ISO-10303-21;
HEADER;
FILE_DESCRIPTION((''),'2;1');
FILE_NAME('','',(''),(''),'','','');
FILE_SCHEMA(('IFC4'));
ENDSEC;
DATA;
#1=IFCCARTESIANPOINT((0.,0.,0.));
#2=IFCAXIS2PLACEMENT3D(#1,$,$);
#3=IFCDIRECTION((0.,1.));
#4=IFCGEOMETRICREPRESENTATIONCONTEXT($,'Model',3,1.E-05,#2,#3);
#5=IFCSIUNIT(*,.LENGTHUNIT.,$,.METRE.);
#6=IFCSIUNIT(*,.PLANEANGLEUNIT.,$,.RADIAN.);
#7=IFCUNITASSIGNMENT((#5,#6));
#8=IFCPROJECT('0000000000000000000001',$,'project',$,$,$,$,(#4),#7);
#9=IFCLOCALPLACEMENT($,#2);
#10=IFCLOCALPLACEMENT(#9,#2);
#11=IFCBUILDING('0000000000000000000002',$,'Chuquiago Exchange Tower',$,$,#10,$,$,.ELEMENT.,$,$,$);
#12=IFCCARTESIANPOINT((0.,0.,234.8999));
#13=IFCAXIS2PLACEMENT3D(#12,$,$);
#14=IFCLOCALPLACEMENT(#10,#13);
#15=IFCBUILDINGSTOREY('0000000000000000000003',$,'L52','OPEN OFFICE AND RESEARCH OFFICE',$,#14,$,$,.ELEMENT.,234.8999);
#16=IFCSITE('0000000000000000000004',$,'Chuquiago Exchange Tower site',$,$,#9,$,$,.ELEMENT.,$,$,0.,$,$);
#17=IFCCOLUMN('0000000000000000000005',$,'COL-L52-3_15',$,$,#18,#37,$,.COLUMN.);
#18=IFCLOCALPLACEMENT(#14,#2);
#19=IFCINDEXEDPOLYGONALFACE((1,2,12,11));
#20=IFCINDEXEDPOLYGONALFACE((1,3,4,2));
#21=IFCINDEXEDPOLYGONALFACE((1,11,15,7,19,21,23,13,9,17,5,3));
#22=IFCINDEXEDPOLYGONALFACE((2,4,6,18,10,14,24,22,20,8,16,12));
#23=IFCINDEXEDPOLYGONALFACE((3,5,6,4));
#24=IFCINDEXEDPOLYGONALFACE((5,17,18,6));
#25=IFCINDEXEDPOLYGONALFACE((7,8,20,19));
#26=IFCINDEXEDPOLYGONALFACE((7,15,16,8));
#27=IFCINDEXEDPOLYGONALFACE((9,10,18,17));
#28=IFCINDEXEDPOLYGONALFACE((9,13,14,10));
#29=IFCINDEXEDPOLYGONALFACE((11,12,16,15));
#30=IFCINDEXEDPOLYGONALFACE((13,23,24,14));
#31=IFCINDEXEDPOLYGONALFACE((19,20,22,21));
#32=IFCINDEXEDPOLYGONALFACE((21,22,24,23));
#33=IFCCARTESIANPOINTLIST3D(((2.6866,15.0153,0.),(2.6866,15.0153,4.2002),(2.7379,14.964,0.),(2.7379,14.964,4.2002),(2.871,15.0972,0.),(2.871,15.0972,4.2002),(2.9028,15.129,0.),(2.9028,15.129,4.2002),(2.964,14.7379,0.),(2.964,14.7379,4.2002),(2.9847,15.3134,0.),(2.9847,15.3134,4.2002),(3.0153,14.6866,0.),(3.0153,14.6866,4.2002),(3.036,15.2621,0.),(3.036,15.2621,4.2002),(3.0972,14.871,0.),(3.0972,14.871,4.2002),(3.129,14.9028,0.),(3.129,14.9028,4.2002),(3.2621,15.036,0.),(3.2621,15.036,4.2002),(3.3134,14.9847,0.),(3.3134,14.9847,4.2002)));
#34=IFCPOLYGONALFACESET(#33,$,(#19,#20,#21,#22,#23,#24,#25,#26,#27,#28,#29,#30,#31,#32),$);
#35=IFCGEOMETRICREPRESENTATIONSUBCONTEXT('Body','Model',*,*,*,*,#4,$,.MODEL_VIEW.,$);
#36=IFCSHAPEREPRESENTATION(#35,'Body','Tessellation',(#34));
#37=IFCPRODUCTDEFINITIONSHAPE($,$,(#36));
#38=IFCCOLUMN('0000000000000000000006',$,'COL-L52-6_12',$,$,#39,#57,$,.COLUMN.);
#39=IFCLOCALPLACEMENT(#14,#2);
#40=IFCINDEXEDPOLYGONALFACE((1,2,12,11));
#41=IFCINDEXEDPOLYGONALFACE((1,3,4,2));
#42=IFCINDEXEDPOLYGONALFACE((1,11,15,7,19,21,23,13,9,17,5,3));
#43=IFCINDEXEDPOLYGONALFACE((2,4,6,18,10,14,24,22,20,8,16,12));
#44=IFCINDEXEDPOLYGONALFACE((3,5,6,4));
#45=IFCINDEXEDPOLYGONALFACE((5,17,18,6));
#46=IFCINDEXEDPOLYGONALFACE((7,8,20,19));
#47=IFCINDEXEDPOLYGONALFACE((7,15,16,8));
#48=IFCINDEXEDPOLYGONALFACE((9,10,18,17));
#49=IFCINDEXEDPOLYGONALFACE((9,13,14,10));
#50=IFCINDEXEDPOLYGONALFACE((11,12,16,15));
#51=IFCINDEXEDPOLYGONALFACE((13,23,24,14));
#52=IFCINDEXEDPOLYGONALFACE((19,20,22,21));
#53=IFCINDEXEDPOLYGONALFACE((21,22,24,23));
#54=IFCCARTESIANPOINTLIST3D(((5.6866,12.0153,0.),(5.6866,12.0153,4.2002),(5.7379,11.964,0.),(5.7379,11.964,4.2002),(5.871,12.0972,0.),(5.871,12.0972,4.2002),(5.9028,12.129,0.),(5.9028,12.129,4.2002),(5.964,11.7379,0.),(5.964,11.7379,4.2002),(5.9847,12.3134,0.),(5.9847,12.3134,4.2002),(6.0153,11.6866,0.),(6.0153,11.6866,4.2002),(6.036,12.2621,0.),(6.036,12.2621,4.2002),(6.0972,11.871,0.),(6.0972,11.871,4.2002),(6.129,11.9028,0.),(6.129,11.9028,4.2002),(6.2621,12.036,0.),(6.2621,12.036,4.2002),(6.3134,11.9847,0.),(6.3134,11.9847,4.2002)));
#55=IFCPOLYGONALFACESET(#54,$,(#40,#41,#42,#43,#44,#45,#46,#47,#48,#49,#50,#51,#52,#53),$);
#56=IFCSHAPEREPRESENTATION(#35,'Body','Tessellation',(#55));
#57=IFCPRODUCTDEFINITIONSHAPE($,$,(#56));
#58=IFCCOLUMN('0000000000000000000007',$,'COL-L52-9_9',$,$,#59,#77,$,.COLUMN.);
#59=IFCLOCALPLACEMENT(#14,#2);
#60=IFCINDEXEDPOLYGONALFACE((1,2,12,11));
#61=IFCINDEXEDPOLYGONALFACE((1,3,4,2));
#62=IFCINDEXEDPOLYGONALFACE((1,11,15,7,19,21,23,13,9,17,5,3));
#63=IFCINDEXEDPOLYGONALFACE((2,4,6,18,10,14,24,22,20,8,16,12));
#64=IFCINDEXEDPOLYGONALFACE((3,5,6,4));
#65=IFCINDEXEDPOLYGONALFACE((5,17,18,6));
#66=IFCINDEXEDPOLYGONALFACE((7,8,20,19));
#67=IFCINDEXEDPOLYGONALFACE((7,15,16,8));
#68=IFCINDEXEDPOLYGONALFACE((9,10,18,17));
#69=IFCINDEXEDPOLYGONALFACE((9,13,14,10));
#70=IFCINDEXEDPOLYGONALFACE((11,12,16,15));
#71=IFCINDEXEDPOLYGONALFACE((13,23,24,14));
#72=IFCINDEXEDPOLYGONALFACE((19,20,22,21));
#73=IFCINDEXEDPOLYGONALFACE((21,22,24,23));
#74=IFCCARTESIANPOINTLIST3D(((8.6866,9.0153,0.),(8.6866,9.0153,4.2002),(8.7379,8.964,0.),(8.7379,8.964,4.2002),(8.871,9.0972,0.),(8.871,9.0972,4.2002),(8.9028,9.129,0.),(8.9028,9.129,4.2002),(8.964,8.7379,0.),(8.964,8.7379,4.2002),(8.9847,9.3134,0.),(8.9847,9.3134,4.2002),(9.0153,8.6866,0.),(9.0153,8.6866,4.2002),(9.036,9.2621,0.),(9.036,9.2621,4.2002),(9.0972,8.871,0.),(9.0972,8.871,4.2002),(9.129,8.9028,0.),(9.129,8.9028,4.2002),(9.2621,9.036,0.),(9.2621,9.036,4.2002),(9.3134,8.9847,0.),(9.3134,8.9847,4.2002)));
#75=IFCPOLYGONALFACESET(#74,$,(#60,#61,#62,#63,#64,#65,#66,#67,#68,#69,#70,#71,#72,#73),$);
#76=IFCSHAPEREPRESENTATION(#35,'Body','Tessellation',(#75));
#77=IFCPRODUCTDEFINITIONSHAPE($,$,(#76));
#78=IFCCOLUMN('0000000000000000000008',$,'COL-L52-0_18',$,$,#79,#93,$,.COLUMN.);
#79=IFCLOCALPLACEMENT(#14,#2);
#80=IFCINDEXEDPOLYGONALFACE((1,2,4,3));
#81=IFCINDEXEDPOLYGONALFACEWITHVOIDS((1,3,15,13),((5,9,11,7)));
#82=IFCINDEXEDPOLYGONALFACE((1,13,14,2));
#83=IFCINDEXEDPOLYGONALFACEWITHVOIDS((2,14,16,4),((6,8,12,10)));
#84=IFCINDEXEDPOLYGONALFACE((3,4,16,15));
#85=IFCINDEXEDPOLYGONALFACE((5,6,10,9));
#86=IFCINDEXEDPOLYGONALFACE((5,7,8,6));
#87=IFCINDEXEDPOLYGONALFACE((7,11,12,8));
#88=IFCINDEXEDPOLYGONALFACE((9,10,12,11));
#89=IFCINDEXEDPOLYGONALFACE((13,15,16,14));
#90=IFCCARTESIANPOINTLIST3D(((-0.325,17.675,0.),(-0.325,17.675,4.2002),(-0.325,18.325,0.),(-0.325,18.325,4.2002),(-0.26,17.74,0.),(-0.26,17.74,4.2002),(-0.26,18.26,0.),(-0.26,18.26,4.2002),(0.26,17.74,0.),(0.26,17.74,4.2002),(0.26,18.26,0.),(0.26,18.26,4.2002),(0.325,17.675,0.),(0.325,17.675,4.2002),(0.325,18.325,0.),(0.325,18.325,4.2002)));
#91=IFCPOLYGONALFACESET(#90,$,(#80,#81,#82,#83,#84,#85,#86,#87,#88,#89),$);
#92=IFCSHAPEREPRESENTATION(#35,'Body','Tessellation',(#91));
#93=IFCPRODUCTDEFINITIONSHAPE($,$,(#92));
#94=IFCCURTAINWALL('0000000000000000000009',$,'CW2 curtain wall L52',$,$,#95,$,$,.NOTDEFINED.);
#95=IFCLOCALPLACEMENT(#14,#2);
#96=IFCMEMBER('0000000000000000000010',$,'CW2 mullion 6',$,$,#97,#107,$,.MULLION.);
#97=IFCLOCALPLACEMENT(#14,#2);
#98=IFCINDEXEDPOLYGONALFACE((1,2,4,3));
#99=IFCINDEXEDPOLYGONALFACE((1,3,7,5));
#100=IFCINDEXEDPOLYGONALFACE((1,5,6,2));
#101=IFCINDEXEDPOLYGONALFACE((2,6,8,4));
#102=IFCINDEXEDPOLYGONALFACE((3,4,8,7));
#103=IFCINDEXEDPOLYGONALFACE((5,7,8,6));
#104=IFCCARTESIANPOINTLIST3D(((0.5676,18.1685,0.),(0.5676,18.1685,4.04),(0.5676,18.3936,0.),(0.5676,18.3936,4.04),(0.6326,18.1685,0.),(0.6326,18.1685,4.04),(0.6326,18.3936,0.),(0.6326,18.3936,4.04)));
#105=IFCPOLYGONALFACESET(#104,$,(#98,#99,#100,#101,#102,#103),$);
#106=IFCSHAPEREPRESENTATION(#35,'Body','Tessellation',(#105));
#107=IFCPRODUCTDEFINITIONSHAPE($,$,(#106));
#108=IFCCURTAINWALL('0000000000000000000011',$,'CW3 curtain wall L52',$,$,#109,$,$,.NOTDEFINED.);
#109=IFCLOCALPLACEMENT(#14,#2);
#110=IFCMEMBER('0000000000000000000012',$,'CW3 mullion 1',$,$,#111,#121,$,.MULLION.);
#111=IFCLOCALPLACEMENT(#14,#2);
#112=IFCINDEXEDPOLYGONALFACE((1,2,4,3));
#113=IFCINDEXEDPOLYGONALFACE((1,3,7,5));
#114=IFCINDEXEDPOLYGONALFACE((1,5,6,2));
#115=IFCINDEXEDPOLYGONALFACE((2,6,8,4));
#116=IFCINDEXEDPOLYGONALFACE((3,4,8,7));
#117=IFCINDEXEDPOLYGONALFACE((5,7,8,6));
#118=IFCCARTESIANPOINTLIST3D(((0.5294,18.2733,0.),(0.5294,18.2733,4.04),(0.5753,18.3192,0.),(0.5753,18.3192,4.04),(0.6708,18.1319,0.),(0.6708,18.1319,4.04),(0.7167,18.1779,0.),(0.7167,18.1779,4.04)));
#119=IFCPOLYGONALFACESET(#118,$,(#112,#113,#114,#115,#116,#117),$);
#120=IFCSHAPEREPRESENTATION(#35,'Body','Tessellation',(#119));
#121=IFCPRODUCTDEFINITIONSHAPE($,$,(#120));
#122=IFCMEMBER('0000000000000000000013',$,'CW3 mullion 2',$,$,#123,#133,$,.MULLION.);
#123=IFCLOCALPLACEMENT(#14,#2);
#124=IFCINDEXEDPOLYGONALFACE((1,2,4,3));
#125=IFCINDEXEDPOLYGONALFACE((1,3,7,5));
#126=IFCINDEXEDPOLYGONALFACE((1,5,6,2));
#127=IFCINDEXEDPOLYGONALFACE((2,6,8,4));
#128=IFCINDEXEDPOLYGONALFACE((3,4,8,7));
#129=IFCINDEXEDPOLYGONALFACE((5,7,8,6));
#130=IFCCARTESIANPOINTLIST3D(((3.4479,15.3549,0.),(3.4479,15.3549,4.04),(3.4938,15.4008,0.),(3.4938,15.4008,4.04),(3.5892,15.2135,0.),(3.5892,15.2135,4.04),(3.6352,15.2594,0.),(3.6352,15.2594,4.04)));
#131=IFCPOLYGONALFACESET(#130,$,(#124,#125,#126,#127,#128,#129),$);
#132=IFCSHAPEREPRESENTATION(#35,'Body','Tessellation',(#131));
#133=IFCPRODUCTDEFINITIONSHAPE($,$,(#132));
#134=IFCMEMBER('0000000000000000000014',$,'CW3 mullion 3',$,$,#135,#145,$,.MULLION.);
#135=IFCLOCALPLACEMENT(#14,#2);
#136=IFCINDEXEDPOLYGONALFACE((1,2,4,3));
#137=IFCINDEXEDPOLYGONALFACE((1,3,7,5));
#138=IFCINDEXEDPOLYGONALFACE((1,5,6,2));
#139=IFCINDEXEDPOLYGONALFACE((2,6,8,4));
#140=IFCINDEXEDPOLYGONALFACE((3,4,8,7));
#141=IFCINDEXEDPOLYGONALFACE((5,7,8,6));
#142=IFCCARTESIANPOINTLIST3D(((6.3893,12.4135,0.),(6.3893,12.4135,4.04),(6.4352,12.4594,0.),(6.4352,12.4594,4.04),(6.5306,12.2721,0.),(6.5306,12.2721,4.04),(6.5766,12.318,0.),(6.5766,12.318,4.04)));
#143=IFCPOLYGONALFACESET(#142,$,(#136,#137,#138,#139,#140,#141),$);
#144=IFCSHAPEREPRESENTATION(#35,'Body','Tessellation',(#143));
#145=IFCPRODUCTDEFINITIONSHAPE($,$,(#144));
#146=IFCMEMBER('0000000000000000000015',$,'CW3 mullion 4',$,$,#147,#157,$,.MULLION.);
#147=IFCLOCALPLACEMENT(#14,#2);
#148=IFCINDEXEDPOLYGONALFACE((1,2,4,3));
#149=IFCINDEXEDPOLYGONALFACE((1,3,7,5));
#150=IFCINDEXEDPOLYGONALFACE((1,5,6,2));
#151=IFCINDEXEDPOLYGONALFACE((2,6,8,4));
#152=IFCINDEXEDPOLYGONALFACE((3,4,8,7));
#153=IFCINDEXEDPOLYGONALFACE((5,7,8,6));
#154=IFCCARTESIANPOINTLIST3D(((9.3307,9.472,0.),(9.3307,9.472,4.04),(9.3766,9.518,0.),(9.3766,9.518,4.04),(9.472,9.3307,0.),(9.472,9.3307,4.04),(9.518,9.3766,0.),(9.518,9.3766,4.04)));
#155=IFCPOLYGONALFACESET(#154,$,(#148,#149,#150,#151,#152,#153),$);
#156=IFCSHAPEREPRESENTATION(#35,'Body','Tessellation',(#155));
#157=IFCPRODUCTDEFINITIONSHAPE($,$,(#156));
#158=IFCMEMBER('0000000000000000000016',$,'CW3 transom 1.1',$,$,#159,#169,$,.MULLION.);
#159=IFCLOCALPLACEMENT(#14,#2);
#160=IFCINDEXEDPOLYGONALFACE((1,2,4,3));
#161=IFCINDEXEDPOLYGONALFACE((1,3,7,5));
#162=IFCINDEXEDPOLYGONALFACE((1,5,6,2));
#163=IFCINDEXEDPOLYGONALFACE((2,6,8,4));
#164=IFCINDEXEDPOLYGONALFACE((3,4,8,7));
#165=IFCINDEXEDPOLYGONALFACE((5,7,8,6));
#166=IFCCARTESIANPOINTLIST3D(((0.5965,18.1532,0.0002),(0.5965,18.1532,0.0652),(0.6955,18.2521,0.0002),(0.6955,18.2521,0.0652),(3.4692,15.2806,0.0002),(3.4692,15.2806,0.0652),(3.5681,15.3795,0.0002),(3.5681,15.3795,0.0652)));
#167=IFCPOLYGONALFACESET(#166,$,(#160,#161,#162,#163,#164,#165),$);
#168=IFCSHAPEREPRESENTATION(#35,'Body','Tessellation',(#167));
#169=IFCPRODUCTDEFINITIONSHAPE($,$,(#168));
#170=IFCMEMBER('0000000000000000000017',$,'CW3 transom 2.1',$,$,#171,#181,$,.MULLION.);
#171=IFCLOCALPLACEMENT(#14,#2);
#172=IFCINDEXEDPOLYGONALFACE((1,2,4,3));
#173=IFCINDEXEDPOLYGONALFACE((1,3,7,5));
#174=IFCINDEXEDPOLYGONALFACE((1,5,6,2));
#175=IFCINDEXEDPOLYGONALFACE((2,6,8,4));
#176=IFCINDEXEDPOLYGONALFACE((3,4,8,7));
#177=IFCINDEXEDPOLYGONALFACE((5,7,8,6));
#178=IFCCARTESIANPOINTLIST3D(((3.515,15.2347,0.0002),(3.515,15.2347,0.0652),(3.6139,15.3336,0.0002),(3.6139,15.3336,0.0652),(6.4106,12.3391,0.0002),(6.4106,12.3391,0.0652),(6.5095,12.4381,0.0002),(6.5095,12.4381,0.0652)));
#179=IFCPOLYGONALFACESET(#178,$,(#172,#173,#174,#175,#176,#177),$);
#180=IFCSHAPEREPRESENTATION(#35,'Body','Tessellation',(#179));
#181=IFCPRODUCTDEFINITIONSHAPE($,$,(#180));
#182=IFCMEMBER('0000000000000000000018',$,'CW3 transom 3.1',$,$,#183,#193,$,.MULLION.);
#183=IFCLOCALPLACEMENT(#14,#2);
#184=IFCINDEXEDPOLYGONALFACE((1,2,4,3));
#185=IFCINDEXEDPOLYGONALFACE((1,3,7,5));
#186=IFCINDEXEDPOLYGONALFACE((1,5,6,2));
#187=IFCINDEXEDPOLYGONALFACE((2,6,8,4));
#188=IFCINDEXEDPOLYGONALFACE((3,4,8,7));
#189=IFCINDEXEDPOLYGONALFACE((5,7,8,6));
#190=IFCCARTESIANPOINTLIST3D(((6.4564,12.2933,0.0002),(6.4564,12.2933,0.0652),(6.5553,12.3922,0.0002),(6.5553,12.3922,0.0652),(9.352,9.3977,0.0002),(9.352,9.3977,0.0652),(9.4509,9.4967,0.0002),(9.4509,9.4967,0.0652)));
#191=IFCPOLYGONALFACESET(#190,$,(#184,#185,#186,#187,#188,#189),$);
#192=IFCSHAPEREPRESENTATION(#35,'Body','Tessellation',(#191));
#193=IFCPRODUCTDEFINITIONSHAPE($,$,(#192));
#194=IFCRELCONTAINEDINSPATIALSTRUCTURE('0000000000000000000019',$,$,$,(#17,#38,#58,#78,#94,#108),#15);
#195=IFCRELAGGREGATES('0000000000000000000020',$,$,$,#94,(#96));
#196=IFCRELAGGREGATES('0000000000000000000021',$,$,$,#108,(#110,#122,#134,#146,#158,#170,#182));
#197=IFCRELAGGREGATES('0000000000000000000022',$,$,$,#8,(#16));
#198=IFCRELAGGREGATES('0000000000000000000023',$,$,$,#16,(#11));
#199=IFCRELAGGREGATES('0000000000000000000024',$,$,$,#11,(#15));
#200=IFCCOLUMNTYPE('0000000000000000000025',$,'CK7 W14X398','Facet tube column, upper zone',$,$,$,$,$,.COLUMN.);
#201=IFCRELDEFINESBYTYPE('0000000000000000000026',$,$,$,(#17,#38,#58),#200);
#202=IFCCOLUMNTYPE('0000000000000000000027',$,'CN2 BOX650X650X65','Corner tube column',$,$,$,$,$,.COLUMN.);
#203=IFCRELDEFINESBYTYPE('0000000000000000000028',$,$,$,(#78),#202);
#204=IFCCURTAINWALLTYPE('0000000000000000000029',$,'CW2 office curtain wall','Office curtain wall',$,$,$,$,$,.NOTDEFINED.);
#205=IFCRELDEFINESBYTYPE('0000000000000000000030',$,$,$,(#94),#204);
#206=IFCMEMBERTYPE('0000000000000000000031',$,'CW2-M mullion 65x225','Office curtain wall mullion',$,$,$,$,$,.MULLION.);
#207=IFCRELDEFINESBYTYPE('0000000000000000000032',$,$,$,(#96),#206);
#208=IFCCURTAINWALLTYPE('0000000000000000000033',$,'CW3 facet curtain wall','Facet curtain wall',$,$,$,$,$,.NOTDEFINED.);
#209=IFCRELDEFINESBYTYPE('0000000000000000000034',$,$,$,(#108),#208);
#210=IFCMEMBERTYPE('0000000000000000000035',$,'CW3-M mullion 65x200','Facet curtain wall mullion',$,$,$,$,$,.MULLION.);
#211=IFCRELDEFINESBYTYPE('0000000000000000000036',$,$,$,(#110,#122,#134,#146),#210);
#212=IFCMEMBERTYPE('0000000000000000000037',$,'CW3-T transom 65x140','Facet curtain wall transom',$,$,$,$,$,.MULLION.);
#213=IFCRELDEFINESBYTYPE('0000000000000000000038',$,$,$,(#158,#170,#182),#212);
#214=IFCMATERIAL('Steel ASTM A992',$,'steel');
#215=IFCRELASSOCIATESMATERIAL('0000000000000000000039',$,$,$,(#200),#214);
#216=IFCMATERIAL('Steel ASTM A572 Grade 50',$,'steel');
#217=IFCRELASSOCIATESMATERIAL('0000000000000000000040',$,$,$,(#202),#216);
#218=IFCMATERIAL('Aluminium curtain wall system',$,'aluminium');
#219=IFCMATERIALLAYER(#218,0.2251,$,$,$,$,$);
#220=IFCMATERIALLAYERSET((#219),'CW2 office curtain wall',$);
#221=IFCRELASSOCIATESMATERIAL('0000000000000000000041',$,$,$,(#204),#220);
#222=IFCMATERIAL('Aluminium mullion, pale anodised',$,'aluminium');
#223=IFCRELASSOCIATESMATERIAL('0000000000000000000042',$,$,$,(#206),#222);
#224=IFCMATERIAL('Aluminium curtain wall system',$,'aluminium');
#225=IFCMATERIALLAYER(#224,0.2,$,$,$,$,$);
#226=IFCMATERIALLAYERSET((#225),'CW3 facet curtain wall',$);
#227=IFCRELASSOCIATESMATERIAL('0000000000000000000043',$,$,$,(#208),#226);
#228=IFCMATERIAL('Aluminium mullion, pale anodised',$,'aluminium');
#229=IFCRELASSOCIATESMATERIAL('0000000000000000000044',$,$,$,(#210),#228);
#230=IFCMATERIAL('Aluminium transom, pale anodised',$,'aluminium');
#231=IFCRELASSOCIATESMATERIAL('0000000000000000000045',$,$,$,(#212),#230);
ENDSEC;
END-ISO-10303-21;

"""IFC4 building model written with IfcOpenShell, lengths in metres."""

from ifc_helpers import new_model, si_unit, direction, frame, origin, origin_2d, place, context, subcontext, project, spatial, rectangle, hollow_rectangle, i_section, extrude, material, layer, layer_set, material_profile, profile_set, type_object, element, aggregate, save


model = new_model("IFC4")

# Units and contexts
model_context = context("Model", 3, precision=1e-05, world=origin(), true_north=direction((0.0, 1.0)))
body_context = subcontext(model_context, "Body", "Model", "MODEL_VIEW")
ifc_project = project(units=[si_unit("LENGTHUNIT", "METRE"), si_unit("PLANEANGLEUNIT", "RADIAN")], contexts=[model_context])

# Site, building, storey
site_placement = place(None, origin())
site = spatial("IfcSite", under=ifc_project, at=site_placement, Name="Chuquiago Exchange Tower site", CompositionType="ELEMENT", RefElevation=0.0)
building_placement = place(site_placement, origin())
building = spatial("IfcBuilding", under=site, at=building_placement, Name="Chuquiago Exchange Tower", CompositionType="ELEMENT")
storey_placement = place(building_placement, frame((0.0, 0.0, 234.8999)))
storey = spatial("IfcBuildingStorey", under=building, at=storey_placement, Name="L52", Description="OPEN OFFICE AND RESEARCH OFFICE", CompositionType="ELEMENT", Elevation=234.8999)

# Columns
ifc_material_1 = material(Name="Steel ASTM A992", Category="steel")
ifc_material_profile_1 = material_profile(ifc_material_1, i_section(OverallWidth=0.4216, OverallDepth=0.4648, WebThickness=0.0449, FlangeThickness=0.0725, at=origin_2d()), Name="W14X398")
ifc_profile_set_1 = profile_set([ifc_material_profile_1], Name="Steel ASTM A992")
column_type_1 = type_object("IfcColumnType", Name="CK7 W14X398", Description="Facet tube column, upper zone", PredefinedType="COLUMN", material=ifc_profile_set_1)
for number, where, z_axis, x_axis, name in (
    (1, (3.0, 15.0, 0.0), (0.0, 0.0, 1.0), (-0.707107, -0.707107, 0.0), "COL-L52-3_15"),
    (2, (6.0, 12.0, 0.0), (0.0, 0.0, 1.0), (-0.707107, -0.707107, 0.0), "COL-L52-6_12"),
    (3, (9.0, 9.0, 0.0), (0.0, 0.0, 1.0), (-0.707107, -0.707107, 0.0), "COL-L52-9_9"),
):
    element("IfcColumn", number, at=place(storey_placement, frame(where, z_axis=z_axis, x_axis=x_axis)), inside=storey, type_object=column_type_1, Name=name, PredefinedType="COLUMN", context=body_context, shape_type="SweptSolid", body=[
        extrude(i_section(OverallWidth=0.4216, OverallDepth=0.4648, WebThickness=0.0449, FlangeThickness=0.0725, at=origin_2d()), origin(), (0.0, 0.0, 1.0), 4.2002),
    ])
ifc_material_2 = material(Name="Steel ASTM A572 Grade 50", Category="steel")
ifc_material_profile_2 = material_profile(ifc_material_2, hollow_rectangle(XDim=0.6499, YDim=0.6499, WallThickness=0.0649, at=origin_2d()), Name="BOX650X650X65")
ifc_profile_set_2 = profile_set([ifc_material_profile_2], Name="Steel ASTM A572 Grade 50")
column_type_2 = type_object("IfcColumnType", Name="CN2 BOX650X650X65", Description="Corner tube column", PredefinedType="COLUMN", material=ifc_profile_set_2)
column_placement = place(storey_placement, frame((0.0, 18.0, 0.0), z_axis=(0.0, 0.0, 1.0), x_axis=(-1.0, 0.0, 0.0)))
element("IfcColumn", 4, at=column_placement, inside=storey, type_object=column_type_2, Name="COL-L52-0_18", PredefinedType="COLUMN", context=body_context, shape_type="SweptSolid", body=[
    extrude(hollow_rectangle(XDim=0.6499, YDim=0.6499, WallThickness=0.0649, at=origin_2d()), origin(), (0.0, 0.0, 1.0), 4.2002),
])

# Curtain wall, member
ifc_material_3 = material(Name="Aluminium curtain wall system", Category="aluminium")
ifc_layer_1 = layer(ifc_material_3, 0.2251)
ifc_layer_set_1 = layer_set([ifc_layer_1], Name="CW2 office curtain wall")
curtain_wall_type_1 = type_object("IfcCurtainWallType", Name="CW2 office curtain wall", Description="Office curtain wall", PredefinedType="NOTDEFINED", material=ifc_layer_set_1)
curtain_wall_1_placement = place(storey_placement, origin())
curtain_wall_1 = element("IfcCurtainWall", 5, at=curtain_wall_1_placement, inside=storey, type_object=curtain_wall_type_1, Name="CW2 curtain wall L52", PredefinedType="NOTDEFINED")
ifc_material_4 = material(Name="Aluminium mullion, pale anodised", Category="aluminium")
ifc_material_profile_3 = material_profile(ifc_material_4, rectangle(XDim=0.0649, YDim=0.2251, at=origin_2d()), Name="AL 65x225")
ifc_profile_set_3 = profile_set([ifc_material_profile_3], Name="Aluminium mullion, pale anodised")
member_type_1 = type_object("IfcMemberType", Name="CW2-M mullion 65x225", Description="Office curtain wall mullion", PredefinedType="MULLION", material=ifc_profile_set_3)
member_1_placement = place(storey_placement, frame((0.6001, 18.281, 0.0), z_axis=(0.0, 0.0, 1.0), x_axis=(1.0, 0.0, 0.0)))
member_1 = element("IfcMember", 6, at=member_1_placement, type_object=member_type_1, Name="CW2 mullion 6", PredefinedType="MULLION", context=body_context, shape_type="SweptSolid", body=[
    extrude(rectangle(XDim=0.0649, YDim=0.2251, at=origin_2d()), origin(), (0.0, 0.0, 1.0), 4.04),
])
aggregate(curtain_wall_1, [member_1])

# Curtain wall, members
ifc_material_5 = material(Name="Aluminium curtain wall system", Category="aluminium")
ifc_layer_2 = layer(ifc_material_5, 0.2)
ifc_layer_set_2 = layer_set([ifc_layer_2], Name="CW3 facet curtain wall")
curtain_wall_type_2 = type_object("IfcCurtainWallType", Name="CW3 facet curtain wall", Description="Facet curtain wall", PredefinedType="NOTDEFINED", material=ifc_layer_set_2)
curtain_wall_2_placement = place(storey_placement, origin())
curtain_wall_2 = element("IfcCurtainWall", 7, at=curtain_wall_2_placement, inside=storey, type_object=curtain_wall_type_2, Name="CW3 curtain wall L52", PredefinedType="NOTDEFINED")
ifc_material_6 = material(Name="Aluminium mullion, pale anodised", Category="aluminium")
ifc_material_profile_4 = material_profile(ifc_material_6, rectangle(XDim=0.0649, YDim=0.2, at=origin_2d()), Name="AL 65x200")
ifc_profile_set_4 = profile_set([ifc_material_profile_4], Name="Aluminium mullion, pale anodised")
member_type_2 = type_object("IfcMemberType", Name="CW3-M mullion 65x200", Description="Facet curtain wall mullion", PredefinedType="MULLION", material=ifc_profile_set_4)
member_2_placement = place(storey_placement, frame((0.623, 18.2256, 0.0), z_axis=(0.0, 0.0, 1.0), x_axis=(0.707107, 0.707107, 0.0)))
member_2 = element("IfcMember", 8, at=member_2_placement, type_object=member_type_2, Name="CW3 mullion 1", PredefinedType="MULLION", context=body_context, shape_type="SweptSolid", body=[
    extrude(rectangle(XDim=0.0649, YDim=0.2, at=origin_2d()), origin(), (0.0, 0.0, 1.0), 4.04),
])
member_3_placement = place(storey_placement, frame((3.5415, 15.3071, 0.0), z_axis=(0.0, 0.0, 1.0), x_axis=(0.707107, 0.707107, 0.0)))
member_3 = element("IfcMember", 9, at=member_3_placement, type_object=member_type_2, Name="CW3 mullion 2", PredefinedType="MULLION", context=body_context, shape_type="SweptSolid", body=[
    extrude(rectangle(XDim=0.0649, YDim=0.2, at=origin_2d()), origin(), (0.0, 0.0, 1.0), 4.04),
])
member_4_placement = place(storey_placement, frame((6.4829, 12.3657, 0.0), z_axis=(0.0, 0.0, 1.0), x_axis=(0.707107, 0.707107, 0.0)))
member_4 = element("IfcMember", 10, at=member_4_placement, type_object=member_type_2, Name="CW3 mullion 3", PredefinedType="MULLION", context=body_context, shape_type="SweptSolid", body=[
    extrude(rectangle(XDim=0.0649, YDim=0.2, at=origin_2d()), origin(), (0.0, 0.0, 1.0), 4.04),
])
member_5_placement = place(storey_placement, frame((9.4243, 9.4243, 0.0), z_axis=(0.0, 0.0, 1.0), x_axis=(0.707107, 0.707107, 0.0)))
member_5 = element("IfcMember", 11, at=member_5_placement, type_object=member_type_2, Name="CW3 mullion 4", PredefinedType="MULLION", context=body_context, shape_type="SweptSolid", body=[
    extrude(rectangle(XDim=0.0649, YDim=0.2, at=origin_2d()), origin(), (0.0, 0.0, 1.0), 4.04),
])
ifc_material_7 = material(Name="Aluminium transom, pale anodised", Category="aluminium")
ifc_material_profile_5 = material_profile(ifc_material_7, rectangle(XDim=0.1399, YDim=0.0649, at=origin_2d()), Name="AL 140x65")
ifc_profile_set_5 = profile_set([ifc_material_profile_5], Name="Aluminium transom, pale anodised")
member_type_3 = type_object("IfcMemberType", Name="CW3-T transom 65x140", Description="Facet curtain wall transom", PredefinedType="MULLION", material=ifc_profile_set_5)
member_6_placement = place(storey_placement, frame((0.646, 18.2026, 0.0327), z_axis=(0.707107, -0.707107, 0.0), x_axis=(0.707107, 0.707107, 0.0)))
member_6 = element("IfcMember", 12, at=member_6_placement, type_object=member_type_3, Name="CW3 transom 1.1", PredefinedType="MULLION", context=body_context, shape_type="SweptSolid", body=[
    extrude(rectangle(XDim=0.1399, YDim=0.0649, at=origin_2d()), origin(), (0.0, 0.0, 1.0), 4.0625),
])
member_7_placement = place(storey_placement, frame((3.5645, 15.2842, 0.0327), z_axis=(0.707107, -0.707107, 0.0), x_axis=(0.707107, 0.707107, 0.0)))
member_7 = element("IfcMember", 13, at=member_7_placement, type_object=member_type_3, Name="CW3 transom 2.1", PredefinedType="MULLION", context=body_context, shape_type="SweptSolid", body=[
    extrude(rectangle(XDim=0.1399, YDim=0.0649, at=origin_2d()), origin(), (0.0, 0.0, 1.0), 4.095),
])
member_8_placement = place(storey_placement, frame((6.5059, 12.3428, 0.0327), z_axis=(0.707107, -0.707107, 0.0), x_axis=(0.707107, 0.707107, 0.0)))
member_8 = element("IfcMember", 14, at=member_8_placement, type_object=member_type_3, Name="CW3 transom 3.1", PredefinedType="MULLION", context=body_context, shape_type="SweptSolid", body=[
    extrude(rectangle(XDim=0.1399, YDim=0.0649, at=origin_2d()), origin(), (0.0, 0.0, 1.0), 4.095),
])

aggregate(curtain_wall_2, [member_2, member_3, member_4, member_5, member_6, member_7, member_8])

save(model, "model.ifc")
